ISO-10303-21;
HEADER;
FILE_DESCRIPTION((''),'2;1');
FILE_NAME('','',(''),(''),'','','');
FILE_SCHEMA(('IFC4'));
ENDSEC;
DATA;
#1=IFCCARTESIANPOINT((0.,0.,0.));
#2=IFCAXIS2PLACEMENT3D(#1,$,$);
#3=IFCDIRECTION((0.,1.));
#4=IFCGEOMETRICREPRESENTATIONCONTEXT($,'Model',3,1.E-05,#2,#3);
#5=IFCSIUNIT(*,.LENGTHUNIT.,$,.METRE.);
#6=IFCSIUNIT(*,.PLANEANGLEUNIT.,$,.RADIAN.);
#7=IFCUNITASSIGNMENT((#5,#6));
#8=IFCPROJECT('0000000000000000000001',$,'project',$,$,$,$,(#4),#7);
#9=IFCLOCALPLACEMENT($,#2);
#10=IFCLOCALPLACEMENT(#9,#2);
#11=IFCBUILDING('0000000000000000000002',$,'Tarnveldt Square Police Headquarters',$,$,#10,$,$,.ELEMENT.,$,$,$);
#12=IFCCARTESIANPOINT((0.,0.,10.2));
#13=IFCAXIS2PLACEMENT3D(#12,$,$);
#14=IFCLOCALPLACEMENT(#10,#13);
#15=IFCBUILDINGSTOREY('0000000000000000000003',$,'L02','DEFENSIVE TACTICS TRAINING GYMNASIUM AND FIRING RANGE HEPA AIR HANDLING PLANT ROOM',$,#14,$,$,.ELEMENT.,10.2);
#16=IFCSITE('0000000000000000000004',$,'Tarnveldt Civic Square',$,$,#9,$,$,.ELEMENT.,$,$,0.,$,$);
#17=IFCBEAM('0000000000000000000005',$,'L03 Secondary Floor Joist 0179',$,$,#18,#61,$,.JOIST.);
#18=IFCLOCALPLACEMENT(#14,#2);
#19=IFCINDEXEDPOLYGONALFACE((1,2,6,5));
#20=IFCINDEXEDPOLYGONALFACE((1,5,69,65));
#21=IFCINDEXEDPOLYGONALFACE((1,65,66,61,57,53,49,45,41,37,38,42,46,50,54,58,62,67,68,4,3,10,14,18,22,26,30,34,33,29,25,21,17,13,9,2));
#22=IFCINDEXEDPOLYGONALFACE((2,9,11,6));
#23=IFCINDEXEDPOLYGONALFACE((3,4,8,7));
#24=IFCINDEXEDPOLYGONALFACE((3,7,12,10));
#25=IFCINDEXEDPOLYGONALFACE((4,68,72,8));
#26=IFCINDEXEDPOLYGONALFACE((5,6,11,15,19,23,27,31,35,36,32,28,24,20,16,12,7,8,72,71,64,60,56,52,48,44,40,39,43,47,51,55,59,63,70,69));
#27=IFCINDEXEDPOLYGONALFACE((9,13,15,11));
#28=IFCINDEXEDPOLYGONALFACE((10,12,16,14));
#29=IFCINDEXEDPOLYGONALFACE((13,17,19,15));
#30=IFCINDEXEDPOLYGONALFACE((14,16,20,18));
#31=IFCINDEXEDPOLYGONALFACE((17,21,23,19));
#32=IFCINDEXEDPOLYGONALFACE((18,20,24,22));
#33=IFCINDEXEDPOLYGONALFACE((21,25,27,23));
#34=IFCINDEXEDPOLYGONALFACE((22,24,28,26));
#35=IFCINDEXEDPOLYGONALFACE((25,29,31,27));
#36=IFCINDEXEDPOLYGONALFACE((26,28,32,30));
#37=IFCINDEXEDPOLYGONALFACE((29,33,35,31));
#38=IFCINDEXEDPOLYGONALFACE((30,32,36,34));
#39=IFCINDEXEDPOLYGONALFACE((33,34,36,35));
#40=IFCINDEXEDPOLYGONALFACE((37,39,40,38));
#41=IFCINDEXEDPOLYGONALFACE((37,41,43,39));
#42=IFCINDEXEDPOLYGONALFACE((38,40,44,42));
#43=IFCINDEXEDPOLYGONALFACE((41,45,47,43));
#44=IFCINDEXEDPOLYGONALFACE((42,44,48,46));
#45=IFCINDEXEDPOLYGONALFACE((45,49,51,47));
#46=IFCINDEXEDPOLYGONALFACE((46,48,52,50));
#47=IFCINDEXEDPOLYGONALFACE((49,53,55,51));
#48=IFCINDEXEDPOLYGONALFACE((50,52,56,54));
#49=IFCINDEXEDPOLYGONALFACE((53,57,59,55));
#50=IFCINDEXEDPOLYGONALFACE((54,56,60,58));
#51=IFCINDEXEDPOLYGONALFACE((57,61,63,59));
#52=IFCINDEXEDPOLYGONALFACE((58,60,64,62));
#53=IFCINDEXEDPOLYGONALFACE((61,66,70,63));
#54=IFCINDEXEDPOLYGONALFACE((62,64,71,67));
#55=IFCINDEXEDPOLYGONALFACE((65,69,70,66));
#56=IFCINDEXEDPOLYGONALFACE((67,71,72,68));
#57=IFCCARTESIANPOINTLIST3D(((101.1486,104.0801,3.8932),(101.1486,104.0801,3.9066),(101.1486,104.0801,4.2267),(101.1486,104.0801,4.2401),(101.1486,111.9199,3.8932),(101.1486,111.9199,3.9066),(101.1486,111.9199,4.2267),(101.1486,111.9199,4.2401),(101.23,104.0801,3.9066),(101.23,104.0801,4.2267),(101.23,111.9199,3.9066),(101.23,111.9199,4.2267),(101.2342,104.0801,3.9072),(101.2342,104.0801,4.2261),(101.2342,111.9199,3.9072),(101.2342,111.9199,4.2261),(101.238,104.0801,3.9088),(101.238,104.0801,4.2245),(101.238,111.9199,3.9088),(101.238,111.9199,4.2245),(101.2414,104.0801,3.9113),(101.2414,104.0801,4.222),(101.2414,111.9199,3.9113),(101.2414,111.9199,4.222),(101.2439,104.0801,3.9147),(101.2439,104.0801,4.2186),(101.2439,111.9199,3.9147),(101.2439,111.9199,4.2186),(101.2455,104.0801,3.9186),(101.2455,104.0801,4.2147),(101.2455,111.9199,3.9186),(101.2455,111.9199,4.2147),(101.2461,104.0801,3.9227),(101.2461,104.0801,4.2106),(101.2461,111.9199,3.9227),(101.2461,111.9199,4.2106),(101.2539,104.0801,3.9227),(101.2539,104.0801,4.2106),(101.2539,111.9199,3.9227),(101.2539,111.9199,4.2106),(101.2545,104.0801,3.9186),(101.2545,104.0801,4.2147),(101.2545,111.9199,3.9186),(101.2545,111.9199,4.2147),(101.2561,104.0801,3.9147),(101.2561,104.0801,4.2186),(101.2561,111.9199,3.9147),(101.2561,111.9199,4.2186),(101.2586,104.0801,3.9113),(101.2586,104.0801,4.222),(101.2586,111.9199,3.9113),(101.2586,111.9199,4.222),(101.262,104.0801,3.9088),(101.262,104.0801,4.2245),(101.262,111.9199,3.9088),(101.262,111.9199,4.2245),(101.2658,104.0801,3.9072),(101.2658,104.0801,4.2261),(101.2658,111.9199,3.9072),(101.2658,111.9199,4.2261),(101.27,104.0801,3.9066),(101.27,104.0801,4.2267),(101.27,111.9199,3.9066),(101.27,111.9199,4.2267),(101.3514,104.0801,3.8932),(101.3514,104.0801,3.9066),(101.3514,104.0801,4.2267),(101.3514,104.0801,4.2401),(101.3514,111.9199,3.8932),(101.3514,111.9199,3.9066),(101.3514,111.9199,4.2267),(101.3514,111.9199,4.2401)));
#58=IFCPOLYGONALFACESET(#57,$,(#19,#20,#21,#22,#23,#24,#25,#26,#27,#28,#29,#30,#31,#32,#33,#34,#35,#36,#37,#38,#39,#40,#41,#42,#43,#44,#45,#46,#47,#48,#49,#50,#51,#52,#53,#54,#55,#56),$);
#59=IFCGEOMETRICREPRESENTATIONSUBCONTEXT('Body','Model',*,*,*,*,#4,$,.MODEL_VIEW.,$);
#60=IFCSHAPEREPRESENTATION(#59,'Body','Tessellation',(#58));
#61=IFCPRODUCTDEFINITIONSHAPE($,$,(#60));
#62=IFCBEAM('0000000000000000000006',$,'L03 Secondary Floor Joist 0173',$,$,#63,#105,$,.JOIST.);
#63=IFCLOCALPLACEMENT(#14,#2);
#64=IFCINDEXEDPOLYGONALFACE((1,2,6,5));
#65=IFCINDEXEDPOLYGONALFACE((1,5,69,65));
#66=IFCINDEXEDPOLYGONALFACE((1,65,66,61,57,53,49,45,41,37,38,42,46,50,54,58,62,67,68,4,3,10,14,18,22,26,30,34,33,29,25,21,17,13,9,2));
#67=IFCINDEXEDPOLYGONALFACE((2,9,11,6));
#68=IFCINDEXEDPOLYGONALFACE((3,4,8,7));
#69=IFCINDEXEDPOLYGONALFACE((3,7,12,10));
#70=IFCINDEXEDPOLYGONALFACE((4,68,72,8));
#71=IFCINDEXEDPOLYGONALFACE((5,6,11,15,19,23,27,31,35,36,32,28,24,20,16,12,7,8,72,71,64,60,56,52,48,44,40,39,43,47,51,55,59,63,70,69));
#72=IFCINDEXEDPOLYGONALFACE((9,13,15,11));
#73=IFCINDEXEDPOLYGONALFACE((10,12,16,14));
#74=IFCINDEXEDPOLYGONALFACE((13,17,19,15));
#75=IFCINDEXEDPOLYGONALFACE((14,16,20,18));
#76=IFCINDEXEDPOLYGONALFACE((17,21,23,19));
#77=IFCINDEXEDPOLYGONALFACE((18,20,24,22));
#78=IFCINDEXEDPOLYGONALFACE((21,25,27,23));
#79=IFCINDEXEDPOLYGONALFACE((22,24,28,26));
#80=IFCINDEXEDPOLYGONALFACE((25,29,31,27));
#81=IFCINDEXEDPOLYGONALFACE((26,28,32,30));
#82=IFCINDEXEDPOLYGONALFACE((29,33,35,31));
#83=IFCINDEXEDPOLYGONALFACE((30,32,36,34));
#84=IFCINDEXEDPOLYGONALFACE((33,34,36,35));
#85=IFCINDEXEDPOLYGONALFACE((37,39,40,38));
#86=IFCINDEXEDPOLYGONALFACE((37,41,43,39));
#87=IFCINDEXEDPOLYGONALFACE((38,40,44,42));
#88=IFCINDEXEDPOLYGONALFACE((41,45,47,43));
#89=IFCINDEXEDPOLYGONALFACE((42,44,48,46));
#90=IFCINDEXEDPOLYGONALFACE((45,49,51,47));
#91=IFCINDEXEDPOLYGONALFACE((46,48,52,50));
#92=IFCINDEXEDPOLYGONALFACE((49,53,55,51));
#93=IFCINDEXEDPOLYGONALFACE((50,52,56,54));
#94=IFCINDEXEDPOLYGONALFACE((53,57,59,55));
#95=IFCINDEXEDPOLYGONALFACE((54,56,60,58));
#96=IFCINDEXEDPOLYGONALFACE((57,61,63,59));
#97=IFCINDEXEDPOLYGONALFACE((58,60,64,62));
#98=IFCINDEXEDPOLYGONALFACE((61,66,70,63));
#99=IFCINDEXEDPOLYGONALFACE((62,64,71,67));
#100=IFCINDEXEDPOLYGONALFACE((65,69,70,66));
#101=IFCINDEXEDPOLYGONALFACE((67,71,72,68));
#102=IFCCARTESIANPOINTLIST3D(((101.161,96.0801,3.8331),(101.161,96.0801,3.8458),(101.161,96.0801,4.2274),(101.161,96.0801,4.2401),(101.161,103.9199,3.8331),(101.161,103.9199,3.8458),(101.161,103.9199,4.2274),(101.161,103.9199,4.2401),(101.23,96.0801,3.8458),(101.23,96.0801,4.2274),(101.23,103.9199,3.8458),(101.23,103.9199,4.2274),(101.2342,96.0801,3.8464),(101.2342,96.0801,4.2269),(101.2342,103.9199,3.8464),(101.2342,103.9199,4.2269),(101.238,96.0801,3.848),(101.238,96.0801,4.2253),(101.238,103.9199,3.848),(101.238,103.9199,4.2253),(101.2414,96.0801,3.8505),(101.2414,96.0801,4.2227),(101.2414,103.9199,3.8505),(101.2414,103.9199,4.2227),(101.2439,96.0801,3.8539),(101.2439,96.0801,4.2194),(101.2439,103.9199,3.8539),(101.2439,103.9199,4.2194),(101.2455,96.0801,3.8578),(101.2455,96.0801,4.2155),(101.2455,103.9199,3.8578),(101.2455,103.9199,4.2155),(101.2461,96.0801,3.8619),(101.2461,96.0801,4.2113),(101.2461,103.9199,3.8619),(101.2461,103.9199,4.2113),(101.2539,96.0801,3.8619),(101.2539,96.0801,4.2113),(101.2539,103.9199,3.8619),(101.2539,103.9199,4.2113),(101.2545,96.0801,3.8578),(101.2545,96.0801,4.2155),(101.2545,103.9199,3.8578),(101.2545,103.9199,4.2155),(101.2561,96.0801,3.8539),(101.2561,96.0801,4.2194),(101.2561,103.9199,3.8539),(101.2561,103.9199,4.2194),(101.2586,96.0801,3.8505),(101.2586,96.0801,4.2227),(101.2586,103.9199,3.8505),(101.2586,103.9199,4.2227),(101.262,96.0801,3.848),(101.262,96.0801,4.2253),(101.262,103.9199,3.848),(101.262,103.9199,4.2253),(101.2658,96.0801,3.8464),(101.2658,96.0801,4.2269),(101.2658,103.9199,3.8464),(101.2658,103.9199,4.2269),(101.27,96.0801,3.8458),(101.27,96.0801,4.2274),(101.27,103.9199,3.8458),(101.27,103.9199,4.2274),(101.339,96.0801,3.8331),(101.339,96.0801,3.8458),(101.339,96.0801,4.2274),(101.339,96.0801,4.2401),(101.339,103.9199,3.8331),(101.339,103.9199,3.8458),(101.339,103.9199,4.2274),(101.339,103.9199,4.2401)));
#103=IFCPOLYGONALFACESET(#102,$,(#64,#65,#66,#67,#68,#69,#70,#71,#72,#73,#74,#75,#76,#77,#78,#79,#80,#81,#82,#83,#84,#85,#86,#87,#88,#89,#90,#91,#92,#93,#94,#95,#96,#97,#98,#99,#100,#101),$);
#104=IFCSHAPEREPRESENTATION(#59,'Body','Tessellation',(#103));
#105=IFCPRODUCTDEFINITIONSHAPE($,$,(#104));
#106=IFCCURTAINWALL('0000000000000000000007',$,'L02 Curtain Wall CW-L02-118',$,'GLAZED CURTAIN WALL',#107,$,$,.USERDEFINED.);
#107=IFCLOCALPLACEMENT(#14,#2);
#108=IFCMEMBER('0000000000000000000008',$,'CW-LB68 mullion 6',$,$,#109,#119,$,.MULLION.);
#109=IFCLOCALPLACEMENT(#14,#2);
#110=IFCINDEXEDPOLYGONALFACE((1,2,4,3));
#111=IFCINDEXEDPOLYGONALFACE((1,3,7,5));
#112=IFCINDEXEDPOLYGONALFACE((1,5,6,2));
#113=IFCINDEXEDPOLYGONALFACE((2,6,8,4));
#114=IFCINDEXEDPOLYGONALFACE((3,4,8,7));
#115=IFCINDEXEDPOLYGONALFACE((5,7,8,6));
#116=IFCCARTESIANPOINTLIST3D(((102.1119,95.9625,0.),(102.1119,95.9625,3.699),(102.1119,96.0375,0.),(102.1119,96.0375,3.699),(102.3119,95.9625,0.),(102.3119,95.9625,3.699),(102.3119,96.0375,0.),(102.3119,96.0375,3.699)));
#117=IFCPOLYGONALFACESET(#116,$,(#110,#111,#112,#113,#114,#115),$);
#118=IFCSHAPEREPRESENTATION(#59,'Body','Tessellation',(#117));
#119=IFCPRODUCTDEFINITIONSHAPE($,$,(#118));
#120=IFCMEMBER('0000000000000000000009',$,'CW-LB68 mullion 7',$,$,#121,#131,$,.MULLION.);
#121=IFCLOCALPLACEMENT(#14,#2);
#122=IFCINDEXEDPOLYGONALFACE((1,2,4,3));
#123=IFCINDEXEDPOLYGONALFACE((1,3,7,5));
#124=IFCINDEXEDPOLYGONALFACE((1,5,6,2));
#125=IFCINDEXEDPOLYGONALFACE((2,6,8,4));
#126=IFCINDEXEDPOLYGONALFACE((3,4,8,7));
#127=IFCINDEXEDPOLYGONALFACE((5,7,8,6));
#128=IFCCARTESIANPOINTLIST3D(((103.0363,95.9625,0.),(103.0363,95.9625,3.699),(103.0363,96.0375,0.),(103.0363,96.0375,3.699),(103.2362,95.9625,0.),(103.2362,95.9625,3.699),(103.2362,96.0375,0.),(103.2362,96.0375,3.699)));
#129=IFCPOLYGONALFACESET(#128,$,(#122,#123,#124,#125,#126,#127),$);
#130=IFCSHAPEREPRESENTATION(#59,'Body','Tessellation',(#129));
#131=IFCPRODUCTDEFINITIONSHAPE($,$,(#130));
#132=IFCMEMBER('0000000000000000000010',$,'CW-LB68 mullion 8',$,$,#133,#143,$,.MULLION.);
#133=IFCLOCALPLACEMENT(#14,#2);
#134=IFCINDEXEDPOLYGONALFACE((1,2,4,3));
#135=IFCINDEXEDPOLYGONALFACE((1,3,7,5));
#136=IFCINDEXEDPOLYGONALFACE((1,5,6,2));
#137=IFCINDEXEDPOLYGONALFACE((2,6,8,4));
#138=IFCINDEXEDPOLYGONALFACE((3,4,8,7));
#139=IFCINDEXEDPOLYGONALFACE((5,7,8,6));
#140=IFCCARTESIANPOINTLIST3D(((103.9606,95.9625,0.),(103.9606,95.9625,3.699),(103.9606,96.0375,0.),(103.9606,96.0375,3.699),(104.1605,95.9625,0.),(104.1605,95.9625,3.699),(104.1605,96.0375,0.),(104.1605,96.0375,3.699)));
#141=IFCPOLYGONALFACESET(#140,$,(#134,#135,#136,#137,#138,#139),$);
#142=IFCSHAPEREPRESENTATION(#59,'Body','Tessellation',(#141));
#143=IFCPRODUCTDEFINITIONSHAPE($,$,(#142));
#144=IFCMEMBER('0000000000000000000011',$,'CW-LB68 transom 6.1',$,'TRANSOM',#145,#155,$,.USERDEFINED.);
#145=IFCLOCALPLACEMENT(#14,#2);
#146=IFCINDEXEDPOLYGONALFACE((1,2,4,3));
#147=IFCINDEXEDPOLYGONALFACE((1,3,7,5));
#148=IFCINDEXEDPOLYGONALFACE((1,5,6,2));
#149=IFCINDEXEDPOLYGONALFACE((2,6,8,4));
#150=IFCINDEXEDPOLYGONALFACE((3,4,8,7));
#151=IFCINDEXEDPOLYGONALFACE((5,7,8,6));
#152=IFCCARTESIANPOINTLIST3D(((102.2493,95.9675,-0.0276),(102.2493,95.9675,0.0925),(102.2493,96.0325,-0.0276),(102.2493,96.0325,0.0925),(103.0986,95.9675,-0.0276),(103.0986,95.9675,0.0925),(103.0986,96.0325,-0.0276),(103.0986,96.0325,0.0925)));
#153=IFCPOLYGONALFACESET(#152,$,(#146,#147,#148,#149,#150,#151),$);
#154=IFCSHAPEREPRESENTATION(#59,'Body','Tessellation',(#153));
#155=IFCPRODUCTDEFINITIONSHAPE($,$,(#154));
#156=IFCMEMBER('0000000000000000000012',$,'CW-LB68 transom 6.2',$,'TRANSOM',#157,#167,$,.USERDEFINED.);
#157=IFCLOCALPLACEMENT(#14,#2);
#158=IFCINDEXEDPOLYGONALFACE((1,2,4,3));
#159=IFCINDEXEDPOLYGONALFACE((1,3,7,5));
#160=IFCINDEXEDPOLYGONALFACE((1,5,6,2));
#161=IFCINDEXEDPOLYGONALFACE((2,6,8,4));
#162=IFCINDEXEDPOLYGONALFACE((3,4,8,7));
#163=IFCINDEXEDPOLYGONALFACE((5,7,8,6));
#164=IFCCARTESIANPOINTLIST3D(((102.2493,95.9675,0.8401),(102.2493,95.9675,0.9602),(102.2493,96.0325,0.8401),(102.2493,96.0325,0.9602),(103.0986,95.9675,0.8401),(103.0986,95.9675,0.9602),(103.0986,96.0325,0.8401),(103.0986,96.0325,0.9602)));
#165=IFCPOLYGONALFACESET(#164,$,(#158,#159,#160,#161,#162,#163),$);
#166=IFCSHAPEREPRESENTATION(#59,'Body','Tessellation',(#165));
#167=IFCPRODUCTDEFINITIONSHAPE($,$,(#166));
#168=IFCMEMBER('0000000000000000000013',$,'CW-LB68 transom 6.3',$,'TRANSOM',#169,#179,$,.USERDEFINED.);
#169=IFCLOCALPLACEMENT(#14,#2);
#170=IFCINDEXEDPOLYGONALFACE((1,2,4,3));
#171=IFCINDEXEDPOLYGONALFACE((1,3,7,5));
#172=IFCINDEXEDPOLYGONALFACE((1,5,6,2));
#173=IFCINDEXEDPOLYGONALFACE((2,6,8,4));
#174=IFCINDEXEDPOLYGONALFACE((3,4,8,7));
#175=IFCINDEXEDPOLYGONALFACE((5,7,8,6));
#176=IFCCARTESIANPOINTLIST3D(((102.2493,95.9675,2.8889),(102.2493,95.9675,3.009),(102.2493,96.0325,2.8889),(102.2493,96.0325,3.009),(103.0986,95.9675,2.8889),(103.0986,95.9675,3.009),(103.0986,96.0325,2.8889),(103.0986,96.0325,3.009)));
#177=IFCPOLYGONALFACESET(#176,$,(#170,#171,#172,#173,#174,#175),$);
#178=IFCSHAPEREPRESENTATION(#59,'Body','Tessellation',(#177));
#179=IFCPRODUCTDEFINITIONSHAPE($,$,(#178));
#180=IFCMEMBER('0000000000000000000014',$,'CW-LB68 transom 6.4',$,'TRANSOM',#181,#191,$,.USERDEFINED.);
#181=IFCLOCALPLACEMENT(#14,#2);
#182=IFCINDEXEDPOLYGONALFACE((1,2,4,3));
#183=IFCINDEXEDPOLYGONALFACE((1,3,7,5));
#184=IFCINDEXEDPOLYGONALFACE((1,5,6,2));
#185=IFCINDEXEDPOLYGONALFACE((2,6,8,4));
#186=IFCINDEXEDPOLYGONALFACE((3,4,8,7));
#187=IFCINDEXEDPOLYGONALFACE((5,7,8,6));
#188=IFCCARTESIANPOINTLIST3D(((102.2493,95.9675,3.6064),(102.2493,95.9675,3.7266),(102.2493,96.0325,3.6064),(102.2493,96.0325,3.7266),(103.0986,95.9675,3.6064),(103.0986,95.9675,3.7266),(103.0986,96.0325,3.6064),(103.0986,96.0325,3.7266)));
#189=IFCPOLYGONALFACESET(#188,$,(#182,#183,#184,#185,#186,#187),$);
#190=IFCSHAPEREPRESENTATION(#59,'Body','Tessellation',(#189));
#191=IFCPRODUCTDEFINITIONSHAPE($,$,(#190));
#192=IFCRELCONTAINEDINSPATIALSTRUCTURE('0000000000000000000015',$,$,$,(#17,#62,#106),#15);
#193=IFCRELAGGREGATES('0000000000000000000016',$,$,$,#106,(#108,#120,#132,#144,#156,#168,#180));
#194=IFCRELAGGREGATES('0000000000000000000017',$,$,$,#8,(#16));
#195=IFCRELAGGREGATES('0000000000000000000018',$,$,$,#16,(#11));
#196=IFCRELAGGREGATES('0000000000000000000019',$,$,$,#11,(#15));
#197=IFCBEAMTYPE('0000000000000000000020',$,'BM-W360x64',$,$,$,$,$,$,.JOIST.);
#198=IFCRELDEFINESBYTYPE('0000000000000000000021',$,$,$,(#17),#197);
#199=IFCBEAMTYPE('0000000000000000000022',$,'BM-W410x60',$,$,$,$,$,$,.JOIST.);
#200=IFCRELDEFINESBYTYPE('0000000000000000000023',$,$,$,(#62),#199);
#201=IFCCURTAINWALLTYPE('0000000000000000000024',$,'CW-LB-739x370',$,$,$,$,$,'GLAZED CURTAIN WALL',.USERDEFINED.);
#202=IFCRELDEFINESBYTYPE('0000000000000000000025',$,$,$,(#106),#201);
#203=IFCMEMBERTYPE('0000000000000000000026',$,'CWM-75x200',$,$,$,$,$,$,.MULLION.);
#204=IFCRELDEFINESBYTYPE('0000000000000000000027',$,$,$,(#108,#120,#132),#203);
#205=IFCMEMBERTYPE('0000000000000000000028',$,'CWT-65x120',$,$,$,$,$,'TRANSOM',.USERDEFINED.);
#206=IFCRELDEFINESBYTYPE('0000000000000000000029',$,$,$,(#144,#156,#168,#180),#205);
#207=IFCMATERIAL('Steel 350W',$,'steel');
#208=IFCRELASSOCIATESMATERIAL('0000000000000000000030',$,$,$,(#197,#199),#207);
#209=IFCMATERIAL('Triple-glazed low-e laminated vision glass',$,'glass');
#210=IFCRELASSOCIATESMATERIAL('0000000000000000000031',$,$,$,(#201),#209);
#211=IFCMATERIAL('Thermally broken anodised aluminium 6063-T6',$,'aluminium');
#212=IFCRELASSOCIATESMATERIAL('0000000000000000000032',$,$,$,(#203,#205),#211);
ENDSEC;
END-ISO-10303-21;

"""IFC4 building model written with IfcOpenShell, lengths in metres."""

from ifc_helpers import new_model, si_unit, direction, frame, origin, origin_2d, place, context, subcontext, project, spatial, rectangle, i_section, extrude, material, material_profile, profile_set, type_object, element, aggregate, save


model = new_model("IFC4")

# Units and contexts
model_context = context("Model", 3, precision=1e-05, world=origin(), true_north=direction((0.0, 1.0)))
body_context = subcontext(model_context, "Body", "Model", "MODEL_VIEW")
ifc_project = project(units=[si_unit("LENGTHUNIT", "METRE"), si_unit("PLANEANGLEUNIT", "RADIAN")], contexts=[model_context])

# Site, building, storey
site_placement = place(None, origin())
site = spatial("IfcSite", under=ifc_project, at=site_placement, Name="Tarnveldt Civic Square", CompositionType="ELEMENT", RefElevation=0.0)
building_placement = place(site_placement, origin())
building = spatial("IfcBuilding", under=site, at=building_placement, Name="Tarnveldt Square Police Headquarters", CompositionType="ELEMENT")
storey_placement = place(building_placement, frame((0.0, 0.0, 10.2)))
storey = spatial("IfcBuildingStorey", under=building, at=storey_placement, Name="L02", Description="DEFENSIVE TACTICS TRAINING GYMNASIUM AND FIRING RANGE HEPA AIR HANDLING PLANT ROOM", CompositionType="ELEMENT", Elevation=10.2)

# Beams
ifc_material_1 = material(Name="Steel 350W", Category="steel")
ifc_material_profile_1 = material_profile(ifc_material_1, i_section(OverallWidth=0.2029, OverallDepth=0.3469, WebThickness=0.0078, FlangeThickness=0.0134, FilletRadius=0.0161, at=origin_2d()), Name="W360x64")
ifc_profile_set_1 = profile_set([ifc_material_profile_1], Name="Steel 350W")
beam_type_1 = type_object("IfcBeamType", Name="BM-W360x64", PredefinedType="JOIST", material=ifc_profile_set_1)
beam_1_placement = place(storey_placement, frame((101.25, 104.0801, 4.0667), z_axis=(0.0, 1.0, 0.0), x_axis=(-1.0, 0.0, 0.0)))
element("IfcBeam", 1, at=beam_1_placement, inside=storey, type_object=beam_type_1, Name="L03 Secondary Floor Joist 0179", PredefinedType="JOIST", context=body_context, shape_type="SweptSolid", body=[
    extrude(i_section(OverallWidth=0.2029, OverallDepth=0.3469, WebThickness=0.0078, FlangeThickness=0.0134, FilletRadius=0.0161, at=origin_2d()), origin(), (0.0, 0.0, 1.0), 7.8398),
])
ifc_material_profile_2 = material_profile(ifc_material_1, i_section(OverallWidth=0.178, OverallDepth=0.407, WebThickness=0.0078, FlangeThickness=0.0127, FilletRadius=0.0161, at=origin_2d()), Name="W410x60")
ifc_profile_set_2 = profile_set([ifc_material_profile_2], Name="Steel 350W")
beam_type_2 = type_object("IfcBeamType", Name="BM-W410x60", PredefinedType="JOIST", material=ifc_profile_set_2)
beam_2_placement = place(storey_placement, frame((101.25, 96.0801, 4.0366), z_axis=(0.0, 1.0, 0.0), x_axis=(-1.0, 0.0, 0.0)))
element("IfcBeam", 2, at=beam_2_placement, inside=storey, type_object=beam_type_2, Name="L03 Secondary Floor Joist 0173", PredefinedType="JOIST", context=body_context, shape_type="SweptSolid", body=[
    extrude(i_section(OverallWidth=0.178, OverallDepth=0.407, WebThickness=0.0078, FlangeThickness=0.0127, FilletRadius=0.0161, at=origin_2d()), origin(), (0.0, 0.0, 1.0), 7.8398),
])

# Curtain wall, members
ifc_material_2 = material(Name="Triple-glazed low-e laminated vision glass", Category="glass")
curtain_wall_type = type_object("IfcCurtainWallType", Name="CW-LB-739x370", ElementType="GLAZED CURTAIN WALL", PredefinedType="USERDEFINED", material=ifc_material_2)
curtain_wall_placement = place(storey_placement, origin())
curtain_wall = element("IfcCurtainWall", 3, at=curtain_wall_placement, inside=storey, type_object=curtain_wall_type, Name="L02 Curtain Wall CW-L02-118", ObjectType="GLAZED CURTAIN WALL", PredefinedType="USERDEFINED")
ifc_material_3 = material(Name="Thermally broken anodised aluminium 6063-T6", Category="aluminium")
ifc_material_profile_3 = material_profile(ifc_material_3, rectangle(XDim=0.075, YDim=0.2, at=origin_2d()), Name="CW-M75x200")
ifc_profile_set_3 = profile_set([ifc_material_profile_3], Name="Thermally broken anodised aluminium 6063-T6")
member_type_1 = type_object("IfcMemberType", Name="CWM-75x200", PredefinedType="MULLION", material=ifc_profile_set_3)
member_1_placement = place(storey_placement, frame((102.2119, 96.0, 0.0), z_axis=(0.0, 0.0, 1.0), x_axis=(0.0, 1.0, 0.0)))
member_1 = element("IfcMember", 4, at=member_1_placement, type_object=member_type_1, Name="CW-LB68 mullion 6", PredefinedType="MULLION", context=body_context, shape_type="SweptSolid", body=[
    extrude(rectangle(XDim=0.075, YDim=0.2, at=origin_2d()), origin(), (0.0, 0.0, 1.0), 3.699),
])
member_2_placement = place(storey_placement, frame((103.1362, 96.0, 0.0), z_axis=(0.0, 0.0, 1.0), x_axis=(0.0, 1.0, 0.0)))
member_2 = element("IfcMember", 5, at=member_2_placement, type_object=member_type_1, Name="CW-LB68 mullion 7", PredefinedType="MULLION", context=body_context, shape_type="SweptSolid", body=[
    extrude(rectangle(XDim=0.075, YDim=0.2, at=origin_2d()), origin(), (0.0, 0.0, 1.0), 3.699),
])
member_3_placement = place(storey_placement, frame((104.0605, 96.0, 0.0), z_axis=(0.0, 0.0, 1.0), x_axis=(0.0, 1.0, 0.0)))
member_3 = element("IfcMember", 6, at=member_3_placement, type_object=member_type_1, Name="CW-LB68 mullion 8", PredefinedType="MULLION", context=body_context, shape_type="SweptSolid", body=[
    extrude(rectangle(XDim=0.075, YDim=0.2, at=origin_2d()), origin(), (0.0, 0.0, 1.0), 3.699),
])
ifc_material_profile_4 = material_profile(ifc_material_3, rectangle(XDim=0.0649, YDim=0.1201, at=origin_2d()), Name="CW-T65x120")
ifc_profile_set_4 = profile_set([ifc_material_profile_4], Name="Thermally broken anodised aluminium 6063-T6")
member_type_2 = type_object("IfcMemberType", Name="CWT-65x120", ElementType="TRANSOM", PredefinedType="USERDEFINED", material=ifc_profile_set_4)
member_4_placement = place(storey_placement, frame((102.2493, 96.0, 0.0325), z_axis=(1.0, 0.0, 0.0), x_axis=(0.0, 1.0, 0.0)))
member_4 = element("IfcMember", 7, at=member_4_placement, type_object=member_type_2, Name="CW-LB68 transom 6.1", ObjectType="TRANSOM", PredefinedType="USERDEFINED", context=body_context, shape_type="SweptSolid", body=[
    extrude(rectangle(XDim=0.0649, YDim=0.1201, at=origin_2d()), origin(), (0.0, 0.0, 1.0), 0.8494),
])
member_5_placement = place(storey_placement, frame((102.2493, 96.0, 0.9001), z_axis=(1.0, 0.0, 0.0), x_axis=(0.0, 1.0, 0.0)))
member_5 = element("IfcMember", 8, at=member_5_placement, type_object=member_type_2, Name="CW-LB68 transom 6.2", ObjectType="TRANSOM", PredefinedType="USERDEFINED", context=body_context, shape_type="SweptSolid", body=[
    extrude(rectangle(XDim=0.0649, YDim=0.1201, at=origin_2d()), origin(), (0.0, 0.0, 1.0), 0.8494),
])
member_6_placement = place(storey_placement, frame((102.2493, 96.0, 2.949), z_axis=(1.0, 0.0, 0.0), x_axis=(0.0, 1.0, 0.0)))
member_6 = element("IfcMember", 9, at=member_6_placement, type_object=member_type_2, Name="CW-LB68 transom 6.3", ObjectType="TRANSOM", PredefinedType="USERDEFINED", context=body_context, shape_type="SweptSolid", body=[
    extrude(rectangle(XDim=0.0649, YDim=0.1201, at=origin_2d()), origin(), (0.0, 0.0, 1.0), 0.8494),
])
member_7_placement = place(storey_placement, frame((102.2493, 96.0, 3.6665), z_axis=(1.0, 0.0, 0.0), x_axis=(0.0, 1.0, 0.0)))
member_7 = element("IfcMember", 10, at=member_7_placement, type_object=member_type_2, Name="CW-LB68 transom 6.4", ObjectType="TRANSOM", PredefinedType="USERDEFINED", context=body_context, shape_type="SweptSolid", body=[
    extrude(rectangle(XDim=0.0649, YDim=0.1201, at=origin_2d()), origin(), (0.0, 0.0, 1.0), 0.8494),
])
aggregate(curtain_wall, [member_1, member_2, member_3, member_4, member_5, member_6, member_7])

save(model, "model.ifc")
